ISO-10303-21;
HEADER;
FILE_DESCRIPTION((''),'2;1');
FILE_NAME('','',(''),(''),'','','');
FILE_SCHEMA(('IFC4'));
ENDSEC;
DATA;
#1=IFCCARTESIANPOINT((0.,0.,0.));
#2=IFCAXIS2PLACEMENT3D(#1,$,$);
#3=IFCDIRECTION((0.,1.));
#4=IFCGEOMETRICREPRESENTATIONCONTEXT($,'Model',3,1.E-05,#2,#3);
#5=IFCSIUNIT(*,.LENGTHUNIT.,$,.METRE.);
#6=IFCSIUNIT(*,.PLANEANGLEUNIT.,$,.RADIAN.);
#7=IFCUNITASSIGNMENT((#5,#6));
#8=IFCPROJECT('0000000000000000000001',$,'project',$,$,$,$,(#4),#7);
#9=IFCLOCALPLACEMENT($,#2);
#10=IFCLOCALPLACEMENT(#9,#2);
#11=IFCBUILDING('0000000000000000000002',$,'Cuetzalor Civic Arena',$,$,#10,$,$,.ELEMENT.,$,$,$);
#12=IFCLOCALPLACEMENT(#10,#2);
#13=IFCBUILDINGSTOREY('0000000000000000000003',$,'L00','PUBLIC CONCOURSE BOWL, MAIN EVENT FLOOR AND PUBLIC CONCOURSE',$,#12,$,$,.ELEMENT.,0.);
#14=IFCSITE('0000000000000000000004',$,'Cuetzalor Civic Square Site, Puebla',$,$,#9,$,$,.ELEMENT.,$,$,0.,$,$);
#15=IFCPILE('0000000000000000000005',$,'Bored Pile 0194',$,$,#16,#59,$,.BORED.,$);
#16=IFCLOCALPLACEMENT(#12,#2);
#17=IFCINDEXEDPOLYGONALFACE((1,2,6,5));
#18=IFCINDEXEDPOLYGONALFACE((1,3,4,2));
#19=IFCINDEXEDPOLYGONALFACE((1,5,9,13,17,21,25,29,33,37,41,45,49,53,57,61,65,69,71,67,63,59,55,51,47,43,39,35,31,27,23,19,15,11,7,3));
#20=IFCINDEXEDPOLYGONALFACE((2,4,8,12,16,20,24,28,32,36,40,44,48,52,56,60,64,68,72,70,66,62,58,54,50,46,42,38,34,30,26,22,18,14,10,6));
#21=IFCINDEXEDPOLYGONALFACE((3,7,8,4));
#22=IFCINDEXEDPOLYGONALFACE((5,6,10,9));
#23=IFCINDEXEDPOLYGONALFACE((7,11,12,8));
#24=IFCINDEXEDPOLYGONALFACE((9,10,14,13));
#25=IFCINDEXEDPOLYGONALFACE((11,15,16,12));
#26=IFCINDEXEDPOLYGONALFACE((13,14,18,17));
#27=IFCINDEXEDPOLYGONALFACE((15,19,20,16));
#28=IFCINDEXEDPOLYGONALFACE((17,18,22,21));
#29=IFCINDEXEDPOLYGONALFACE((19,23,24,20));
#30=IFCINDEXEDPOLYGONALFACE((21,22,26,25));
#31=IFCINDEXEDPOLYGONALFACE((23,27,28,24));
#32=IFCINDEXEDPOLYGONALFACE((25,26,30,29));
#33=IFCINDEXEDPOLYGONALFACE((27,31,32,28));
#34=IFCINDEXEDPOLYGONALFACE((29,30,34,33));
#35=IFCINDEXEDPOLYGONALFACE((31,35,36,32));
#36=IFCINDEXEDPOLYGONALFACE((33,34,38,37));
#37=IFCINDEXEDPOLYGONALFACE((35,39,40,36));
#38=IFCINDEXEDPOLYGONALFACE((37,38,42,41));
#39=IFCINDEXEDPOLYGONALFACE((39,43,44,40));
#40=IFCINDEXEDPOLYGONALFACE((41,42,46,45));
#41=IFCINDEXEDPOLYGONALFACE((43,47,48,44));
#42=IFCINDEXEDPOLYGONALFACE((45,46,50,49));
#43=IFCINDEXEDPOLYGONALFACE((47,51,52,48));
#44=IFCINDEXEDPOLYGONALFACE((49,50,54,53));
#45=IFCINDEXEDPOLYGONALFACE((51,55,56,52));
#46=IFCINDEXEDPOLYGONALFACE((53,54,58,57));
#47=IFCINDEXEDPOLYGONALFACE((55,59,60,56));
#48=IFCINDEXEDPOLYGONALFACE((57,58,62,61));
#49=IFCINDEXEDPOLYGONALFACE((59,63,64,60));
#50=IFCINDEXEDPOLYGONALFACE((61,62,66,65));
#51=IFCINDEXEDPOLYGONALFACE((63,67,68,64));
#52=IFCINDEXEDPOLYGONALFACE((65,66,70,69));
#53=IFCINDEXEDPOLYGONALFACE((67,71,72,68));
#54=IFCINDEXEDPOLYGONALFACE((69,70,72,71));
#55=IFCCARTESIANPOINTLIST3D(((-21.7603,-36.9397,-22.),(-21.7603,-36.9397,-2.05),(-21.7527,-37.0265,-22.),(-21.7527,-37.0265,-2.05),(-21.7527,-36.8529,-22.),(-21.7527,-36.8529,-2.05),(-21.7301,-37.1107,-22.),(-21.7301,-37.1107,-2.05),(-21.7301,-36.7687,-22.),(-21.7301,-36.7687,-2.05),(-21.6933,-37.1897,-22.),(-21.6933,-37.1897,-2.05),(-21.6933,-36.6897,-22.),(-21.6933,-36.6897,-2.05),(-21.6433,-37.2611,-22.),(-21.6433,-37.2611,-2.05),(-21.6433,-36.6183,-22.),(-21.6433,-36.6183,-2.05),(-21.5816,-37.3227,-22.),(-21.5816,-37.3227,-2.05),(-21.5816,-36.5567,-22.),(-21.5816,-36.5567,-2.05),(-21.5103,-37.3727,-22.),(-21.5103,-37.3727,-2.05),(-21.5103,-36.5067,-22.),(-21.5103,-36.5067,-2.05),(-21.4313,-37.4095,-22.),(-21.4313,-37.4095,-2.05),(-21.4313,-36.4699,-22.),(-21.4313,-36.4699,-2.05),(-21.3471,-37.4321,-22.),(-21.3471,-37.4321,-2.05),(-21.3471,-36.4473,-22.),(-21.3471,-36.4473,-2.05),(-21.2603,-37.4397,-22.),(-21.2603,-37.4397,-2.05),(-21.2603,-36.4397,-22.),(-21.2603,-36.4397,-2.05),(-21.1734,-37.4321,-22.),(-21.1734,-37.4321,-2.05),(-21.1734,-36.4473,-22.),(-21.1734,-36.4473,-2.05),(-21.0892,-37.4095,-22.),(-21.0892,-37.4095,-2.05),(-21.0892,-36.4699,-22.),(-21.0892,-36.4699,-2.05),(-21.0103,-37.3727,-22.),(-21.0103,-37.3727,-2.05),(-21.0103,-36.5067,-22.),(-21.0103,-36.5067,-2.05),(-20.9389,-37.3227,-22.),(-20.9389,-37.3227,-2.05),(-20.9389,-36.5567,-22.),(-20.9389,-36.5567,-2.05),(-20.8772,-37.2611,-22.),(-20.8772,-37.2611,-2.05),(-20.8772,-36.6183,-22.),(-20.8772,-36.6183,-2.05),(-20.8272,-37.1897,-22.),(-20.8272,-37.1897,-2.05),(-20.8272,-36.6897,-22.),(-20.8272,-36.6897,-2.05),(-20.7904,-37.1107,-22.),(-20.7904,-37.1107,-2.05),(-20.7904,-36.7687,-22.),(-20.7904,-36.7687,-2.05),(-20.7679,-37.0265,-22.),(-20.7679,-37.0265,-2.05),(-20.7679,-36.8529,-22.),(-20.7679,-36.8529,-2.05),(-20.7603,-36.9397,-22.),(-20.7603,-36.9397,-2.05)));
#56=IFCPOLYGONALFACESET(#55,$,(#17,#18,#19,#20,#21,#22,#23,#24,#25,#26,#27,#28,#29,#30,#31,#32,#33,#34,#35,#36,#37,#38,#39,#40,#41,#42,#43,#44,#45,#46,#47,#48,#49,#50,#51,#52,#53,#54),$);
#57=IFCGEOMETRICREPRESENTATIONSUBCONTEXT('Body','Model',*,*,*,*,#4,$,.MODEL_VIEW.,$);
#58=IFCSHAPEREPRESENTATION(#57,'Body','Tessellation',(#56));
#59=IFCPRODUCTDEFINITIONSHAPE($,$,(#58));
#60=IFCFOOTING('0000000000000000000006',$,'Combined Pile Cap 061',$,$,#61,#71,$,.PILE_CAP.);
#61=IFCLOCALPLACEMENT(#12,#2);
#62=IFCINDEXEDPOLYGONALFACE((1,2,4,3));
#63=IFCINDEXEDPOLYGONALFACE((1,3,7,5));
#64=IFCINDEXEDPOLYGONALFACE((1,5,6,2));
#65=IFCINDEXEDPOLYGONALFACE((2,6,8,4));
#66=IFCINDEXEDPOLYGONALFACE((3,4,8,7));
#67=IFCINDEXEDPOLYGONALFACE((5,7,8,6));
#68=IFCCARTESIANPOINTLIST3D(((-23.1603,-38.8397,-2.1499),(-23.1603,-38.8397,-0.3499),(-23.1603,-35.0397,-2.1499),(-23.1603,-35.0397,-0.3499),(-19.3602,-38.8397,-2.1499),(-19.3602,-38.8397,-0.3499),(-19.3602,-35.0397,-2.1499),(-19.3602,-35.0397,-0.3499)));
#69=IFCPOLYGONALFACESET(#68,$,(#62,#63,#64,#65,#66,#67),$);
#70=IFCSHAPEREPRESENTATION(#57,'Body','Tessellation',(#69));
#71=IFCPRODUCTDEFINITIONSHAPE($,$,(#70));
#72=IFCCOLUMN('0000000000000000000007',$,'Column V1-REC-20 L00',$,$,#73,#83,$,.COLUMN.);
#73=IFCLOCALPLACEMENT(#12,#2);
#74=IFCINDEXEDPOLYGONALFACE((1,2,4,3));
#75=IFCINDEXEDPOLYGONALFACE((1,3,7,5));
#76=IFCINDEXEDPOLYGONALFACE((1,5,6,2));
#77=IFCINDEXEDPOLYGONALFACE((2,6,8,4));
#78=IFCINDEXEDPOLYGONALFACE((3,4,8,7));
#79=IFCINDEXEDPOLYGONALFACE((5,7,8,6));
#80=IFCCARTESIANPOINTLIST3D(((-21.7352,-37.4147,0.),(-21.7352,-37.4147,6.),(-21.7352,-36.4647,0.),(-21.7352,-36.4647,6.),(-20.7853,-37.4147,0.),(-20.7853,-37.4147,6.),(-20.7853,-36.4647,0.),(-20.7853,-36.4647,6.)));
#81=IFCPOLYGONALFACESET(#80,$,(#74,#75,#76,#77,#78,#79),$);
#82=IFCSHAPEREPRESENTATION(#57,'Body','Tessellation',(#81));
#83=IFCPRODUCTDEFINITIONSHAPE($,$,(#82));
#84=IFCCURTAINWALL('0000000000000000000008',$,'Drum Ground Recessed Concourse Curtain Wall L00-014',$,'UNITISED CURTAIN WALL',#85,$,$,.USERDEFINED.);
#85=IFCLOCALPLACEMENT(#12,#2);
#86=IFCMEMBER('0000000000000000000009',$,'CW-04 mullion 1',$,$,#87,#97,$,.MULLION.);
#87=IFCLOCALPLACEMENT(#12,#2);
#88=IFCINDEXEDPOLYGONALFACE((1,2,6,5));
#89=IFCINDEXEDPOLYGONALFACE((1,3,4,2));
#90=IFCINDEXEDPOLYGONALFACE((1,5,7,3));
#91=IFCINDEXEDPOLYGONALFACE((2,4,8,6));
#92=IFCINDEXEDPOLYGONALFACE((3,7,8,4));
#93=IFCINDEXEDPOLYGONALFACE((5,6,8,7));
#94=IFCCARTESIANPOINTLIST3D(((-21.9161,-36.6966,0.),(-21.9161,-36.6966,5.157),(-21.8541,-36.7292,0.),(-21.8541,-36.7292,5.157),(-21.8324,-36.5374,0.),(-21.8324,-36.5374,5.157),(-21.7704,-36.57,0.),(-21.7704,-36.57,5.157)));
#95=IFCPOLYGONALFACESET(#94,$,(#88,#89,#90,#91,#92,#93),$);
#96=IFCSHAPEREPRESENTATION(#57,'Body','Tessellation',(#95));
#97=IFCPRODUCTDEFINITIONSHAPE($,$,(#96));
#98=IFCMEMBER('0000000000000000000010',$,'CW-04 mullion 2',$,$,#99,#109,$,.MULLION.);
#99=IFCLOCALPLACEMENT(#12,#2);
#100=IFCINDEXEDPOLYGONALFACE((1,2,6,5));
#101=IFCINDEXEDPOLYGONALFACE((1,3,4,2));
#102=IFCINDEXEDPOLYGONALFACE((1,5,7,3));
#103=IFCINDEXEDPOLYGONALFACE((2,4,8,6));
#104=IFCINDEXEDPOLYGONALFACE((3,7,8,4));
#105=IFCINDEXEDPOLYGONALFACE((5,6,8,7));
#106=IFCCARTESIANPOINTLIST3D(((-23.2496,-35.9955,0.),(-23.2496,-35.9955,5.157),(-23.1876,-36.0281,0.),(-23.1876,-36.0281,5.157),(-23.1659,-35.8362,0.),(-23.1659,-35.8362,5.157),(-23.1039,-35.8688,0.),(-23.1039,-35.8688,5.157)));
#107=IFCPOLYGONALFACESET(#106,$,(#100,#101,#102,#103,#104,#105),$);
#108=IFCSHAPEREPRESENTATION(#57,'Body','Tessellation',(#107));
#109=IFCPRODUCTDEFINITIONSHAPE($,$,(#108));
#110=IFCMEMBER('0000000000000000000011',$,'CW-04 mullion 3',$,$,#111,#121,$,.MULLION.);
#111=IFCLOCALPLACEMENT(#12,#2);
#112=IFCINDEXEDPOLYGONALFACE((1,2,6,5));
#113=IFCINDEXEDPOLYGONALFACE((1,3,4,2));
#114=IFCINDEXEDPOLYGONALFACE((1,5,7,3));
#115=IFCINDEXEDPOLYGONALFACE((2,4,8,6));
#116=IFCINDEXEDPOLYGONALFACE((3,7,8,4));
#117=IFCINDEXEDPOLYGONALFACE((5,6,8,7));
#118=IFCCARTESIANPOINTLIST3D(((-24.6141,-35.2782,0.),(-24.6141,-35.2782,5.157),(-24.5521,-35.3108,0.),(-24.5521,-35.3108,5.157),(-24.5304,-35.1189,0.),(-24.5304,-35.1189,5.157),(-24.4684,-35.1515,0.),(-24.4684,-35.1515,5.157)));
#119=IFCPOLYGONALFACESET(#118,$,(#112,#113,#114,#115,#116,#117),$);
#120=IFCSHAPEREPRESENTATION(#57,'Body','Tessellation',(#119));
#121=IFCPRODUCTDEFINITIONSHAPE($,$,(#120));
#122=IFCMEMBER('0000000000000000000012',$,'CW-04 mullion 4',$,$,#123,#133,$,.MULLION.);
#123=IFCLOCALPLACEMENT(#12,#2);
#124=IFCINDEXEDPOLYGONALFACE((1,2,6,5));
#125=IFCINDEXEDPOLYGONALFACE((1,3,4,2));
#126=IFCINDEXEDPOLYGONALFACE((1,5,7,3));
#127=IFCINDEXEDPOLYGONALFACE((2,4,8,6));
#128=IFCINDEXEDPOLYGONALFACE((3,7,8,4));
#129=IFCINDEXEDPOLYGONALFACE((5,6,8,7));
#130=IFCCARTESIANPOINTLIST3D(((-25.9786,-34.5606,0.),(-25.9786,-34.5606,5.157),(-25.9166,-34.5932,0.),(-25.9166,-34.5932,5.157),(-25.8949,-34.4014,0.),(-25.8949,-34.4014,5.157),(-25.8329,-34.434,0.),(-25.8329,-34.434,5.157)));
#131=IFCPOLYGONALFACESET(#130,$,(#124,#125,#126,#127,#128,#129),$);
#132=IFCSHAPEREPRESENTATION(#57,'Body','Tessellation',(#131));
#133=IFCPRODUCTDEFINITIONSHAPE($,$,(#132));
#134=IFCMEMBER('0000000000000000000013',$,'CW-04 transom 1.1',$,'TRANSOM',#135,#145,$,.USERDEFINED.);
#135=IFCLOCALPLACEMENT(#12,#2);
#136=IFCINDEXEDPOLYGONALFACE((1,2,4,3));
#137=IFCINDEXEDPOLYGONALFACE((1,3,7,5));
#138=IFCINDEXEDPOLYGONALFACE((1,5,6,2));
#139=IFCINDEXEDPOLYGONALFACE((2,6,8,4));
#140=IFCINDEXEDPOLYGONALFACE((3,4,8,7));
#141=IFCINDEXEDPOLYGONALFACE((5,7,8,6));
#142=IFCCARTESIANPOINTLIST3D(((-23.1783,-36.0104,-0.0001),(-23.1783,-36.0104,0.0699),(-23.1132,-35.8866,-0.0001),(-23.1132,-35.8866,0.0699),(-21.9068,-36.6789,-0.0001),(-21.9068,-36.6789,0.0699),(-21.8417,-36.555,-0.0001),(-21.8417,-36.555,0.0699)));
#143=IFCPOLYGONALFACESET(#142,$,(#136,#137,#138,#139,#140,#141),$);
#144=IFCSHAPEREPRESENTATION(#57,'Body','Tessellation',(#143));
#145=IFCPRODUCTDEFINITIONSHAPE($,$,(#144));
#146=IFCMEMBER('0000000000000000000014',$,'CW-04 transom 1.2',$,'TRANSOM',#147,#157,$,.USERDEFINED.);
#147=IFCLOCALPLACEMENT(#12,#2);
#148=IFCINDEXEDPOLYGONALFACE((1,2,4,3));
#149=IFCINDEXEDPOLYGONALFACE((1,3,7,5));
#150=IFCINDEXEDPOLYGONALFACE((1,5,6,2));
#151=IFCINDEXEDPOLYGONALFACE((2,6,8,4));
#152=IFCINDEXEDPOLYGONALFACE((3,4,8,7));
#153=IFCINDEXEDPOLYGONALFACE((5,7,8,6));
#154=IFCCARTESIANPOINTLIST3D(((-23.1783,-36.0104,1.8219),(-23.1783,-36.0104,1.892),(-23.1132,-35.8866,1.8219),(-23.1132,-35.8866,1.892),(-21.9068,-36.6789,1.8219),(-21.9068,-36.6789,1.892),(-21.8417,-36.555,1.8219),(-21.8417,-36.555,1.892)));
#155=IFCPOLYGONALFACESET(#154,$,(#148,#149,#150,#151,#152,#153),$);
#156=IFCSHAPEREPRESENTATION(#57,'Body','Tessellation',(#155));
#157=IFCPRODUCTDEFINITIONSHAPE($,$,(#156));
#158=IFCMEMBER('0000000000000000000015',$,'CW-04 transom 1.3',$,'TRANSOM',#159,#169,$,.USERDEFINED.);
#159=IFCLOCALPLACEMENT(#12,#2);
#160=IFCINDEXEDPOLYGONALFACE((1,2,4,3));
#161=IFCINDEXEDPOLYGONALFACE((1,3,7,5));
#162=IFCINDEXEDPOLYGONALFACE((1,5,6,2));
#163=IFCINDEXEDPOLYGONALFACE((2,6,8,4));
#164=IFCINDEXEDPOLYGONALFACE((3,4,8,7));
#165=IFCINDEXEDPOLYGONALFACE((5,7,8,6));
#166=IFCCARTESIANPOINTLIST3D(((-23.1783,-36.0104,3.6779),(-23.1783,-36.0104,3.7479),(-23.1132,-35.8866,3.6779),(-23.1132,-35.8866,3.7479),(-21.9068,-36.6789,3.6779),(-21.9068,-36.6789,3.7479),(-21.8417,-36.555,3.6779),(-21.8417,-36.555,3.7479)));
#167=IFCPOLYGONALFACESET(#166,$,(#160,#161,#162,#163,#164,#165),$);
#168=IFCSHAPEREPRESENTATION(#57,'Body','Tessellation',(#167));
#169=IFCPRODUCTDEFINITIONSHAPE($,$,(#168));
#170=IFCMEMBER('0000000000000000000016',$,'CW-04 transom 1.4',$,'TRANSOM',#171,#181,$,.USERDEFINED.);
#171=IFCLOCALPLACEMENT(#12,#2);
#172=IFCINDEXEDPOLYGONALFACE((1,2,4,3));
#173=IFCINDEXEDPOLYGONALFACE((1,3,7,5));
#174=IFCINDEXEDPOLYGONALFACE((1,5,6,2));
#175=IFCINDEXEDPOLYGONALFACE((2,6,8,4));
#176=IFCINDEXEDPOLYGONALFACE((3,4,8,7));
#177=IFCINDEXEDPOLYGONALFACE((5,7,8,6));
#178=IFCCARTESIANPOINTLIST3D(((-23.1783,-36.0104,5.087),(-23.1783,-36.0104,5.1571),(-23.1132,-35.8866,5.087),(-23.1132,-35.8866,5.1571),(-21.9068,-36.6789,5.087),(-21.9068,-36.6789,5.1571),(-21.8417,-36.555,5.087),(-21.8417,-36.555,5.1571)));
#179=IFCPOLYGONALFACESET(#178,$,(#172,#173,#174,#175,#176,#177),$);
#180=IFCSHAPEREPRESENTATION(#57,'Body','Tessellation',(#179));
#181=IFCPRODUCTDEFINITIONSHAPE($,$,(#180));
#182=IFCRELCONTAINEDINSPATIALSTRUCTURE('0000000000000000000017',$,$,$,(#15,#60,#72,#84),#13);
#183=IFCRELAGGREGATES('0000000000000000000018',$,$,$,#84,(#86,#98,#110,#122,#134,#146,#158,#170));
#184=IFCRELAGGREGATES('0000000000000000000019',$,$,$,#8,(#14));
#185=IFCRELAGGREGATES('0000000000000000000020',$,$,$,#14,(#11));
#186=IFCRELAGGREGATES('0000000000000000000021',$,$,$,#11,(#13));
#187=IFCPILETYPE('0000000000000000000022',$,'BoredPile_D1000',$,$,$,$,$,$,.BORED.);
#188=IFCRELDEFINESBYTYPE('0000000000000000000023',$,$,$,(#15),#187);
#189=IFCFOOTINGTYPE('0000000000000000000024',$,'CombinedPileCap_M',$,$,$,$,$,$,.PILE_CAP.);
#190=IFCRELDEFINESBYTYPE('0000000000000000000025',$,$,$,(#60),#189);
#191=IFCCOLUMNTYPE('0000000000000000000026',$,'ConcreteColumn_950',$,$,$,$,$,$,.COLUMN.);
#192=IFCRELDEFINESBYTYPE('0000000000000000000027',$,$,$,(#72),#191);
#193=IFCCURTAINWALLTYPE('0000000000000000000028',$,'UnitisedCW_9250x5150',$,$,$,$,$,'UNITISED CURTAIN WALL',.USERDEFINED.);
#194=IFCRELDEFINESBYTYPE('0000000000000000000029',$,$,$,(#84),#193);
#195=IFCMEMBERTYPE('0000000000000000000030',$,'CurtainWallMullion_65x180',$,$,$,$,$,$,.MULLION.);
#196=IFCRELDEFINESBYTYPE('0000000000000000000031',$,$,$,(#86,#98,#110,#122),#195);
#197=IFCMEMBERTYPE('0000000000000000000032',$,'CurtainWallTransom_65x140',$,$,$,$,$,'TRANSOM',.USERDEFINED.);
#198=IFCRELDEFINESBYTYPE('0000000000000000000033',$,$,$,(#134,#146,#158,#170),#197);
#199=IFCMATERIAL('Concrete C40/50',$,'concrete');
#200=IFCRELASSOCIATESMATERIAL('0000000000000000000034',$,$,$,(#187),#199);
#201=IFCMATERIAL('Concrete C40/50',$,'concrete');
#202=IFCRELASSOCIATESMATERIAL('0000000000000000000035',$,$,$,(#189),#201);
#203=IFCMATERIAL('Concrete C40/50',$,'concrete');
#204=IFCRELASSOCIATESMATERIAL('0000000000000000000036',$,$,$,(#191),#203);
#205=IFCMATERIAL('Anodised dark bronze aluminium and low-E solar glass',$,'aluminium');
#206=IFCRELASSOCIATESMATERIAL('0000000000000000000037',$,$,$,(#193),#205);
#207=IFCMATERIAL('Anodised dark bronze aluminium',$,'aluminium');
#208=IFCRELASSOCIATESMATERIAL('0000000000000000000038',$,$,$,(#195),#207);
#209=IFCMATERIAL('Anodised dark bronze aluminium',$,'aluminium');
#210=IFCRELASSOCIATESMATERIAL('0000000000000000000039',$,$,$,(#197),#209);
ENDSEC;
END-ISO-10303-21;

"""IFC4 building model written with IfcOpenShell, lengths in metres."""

from ifc_helpers import new_model, si_unit, direction, frame, origin, origin_2d, place, context, subcontext, project, spatial, rectangle, circle, extrude, material, material_profile, profile_set, type_object, element, aggregate, save


model = new_model("IFC4")

# Units and contexts
model_context = context("Model", 3, precision=1e-05, world=origin(), true_north=direction((0.0, 1.0)))
body_context = subcontext(model_context, "Body", "Model", "MODEL_VIEW")
ifc_project = project(units=[si_unit("LENGTHUNIT", "METRE"), si_unit("PLANEANGLEUNIT", "RADIAN")], contexts=[model_context])

# Site, building, storey
site_placement = place(None, origin())
site = spatial("IfcSite", under=ifc_project, at=site_placement, Name="Cuetzalor Civic Square Site, Puebla", CompositionType="ELEMENT", RefElevation=0.0)
building_placement = place(site_placement, origin())
building = spatial("IfcBuilding", under=site, at=building_placement, Name="Cuetzalor Civic Arena", CompositionType="ELEMENT")
storey_placement = place(building_placement, origin())
storey = spatial("IfcBuildingStorey", under=building, at=storey_placement, Name="L00", Description="PUBLIC CONCOURSE BOWL, MAIN EVENT FLOOR AND PUBLIC CONCOURSE", CompositionType="ELEMENT", Elevation=0.0)

# Pile
ifc_material_1 = material(Name="Concrete C40/50", Category="concrete")
ifc_material_profile_1 = material_profile(ifc_material_1, circle(Radius=0.5, at=origin_2d()), Name="BORED PILE D1000")
ifc_profile_set_1 = profile_set([ifc_material_profile_1], Name="Concrete C40/50")
pile_type = type_object("IfcPileType", Name="BoredPile_D1000", PredefinedType="BORED", material=ifc_profile_set_1)
pile_placement = place(storey_placement, frame((-21.2603, -36.9397, -2.05), z_axis=(0.0, 0.0, -1.0), x_axis=(1.0, 0.0, 0.0)))
element("IfcPile", 1, at=pile_placement, inside=storey, type_object=pile_type, Name="Bored Pile 0194", PredefinedType="BORED", context=body_context, shape_type="SweptSolid", body=[
    extrude(circle(Radius=0.5, at=origin_2d()), origin(), (0.0, 0.0, 1.0), 19.95),
])

# Footing
ifc_material_2 = material(Name="Concrete C40/50", Category="concrete")
footing_type = type_object("IfcFootingType", Name="CombinedPileCap_M", PredefinedType="PILE_CAP", material=ifc_material_2)
footing_placement = place(storey_placement, frame((-21.2603, -36.9397, -2.1499), z_axis=(0.0, 0.0, 1.0), x_axis=(1.0, 0.0, 0.0)))
element("IfcFooting", 2, at=footing_placement, inside=storey, type_object=footing_type, Name="Combined Pile Cap 061", PredefinedType="PILE_CAP", context=body_context, shape_type="SweptSolid", body=[
    extrude(rectangle(XDim=3.8, YDim=3.8, at=origin_2d()), origin(), (0.0, 0.0, 1.0), 1.8),
])

# Column
ifc_material_3 = material(Name="Concrete C40/50", Category="concrete")
ifc_material_profile_2 = material_profile(ifc_material_3, rectangle(XDim=0.95, YDim=0.95, at=origin_2d()), Name="RC 950x950")
ifc_profile_set_2 = profile_set([ifc_material_profile_2], Name="Concrete C40/50")
column_type = type_object("IfcColumnType", Name="ConcreteColumn_950", PredefinedType="COLUMN", material=ifc_profile_set_2)
column_placement = place(storey_placement, frame((-21.2603, -36.9397, 0.0), z_axis=(0.0, 0.0, 1.0), x_axis=(1.0, 0.0, 0.0)))
element("IfcColumn", 3, at=column_placement, inside=storey, type_object=column_type, Name="Column V1-REC-20 L00", PredefinedType="COLUMN", context=body_context, shape_type="SweptSolid", body=[
    extrude(rectangle(XDim=0.95, YDim=0.95, at=origin_2d()), origin(), (0.0, 0.0, 1.0), 6.0),
])

# Curtain wall, members
ifc_material_4 = material(Name="Anodised dark bronze aluminium and low-E solar glass", Category="aluminium")
curtain_wall_type = type_object("IfcCurtainWallType", Name="UnitisedCW_9250x5150", ElementType="UNITISED CURTAIN WALL", PredefinedType="USERDEFINED", material=ifc_material_4)
curtain_wall_placement = place(storey_placement, origin())
curtain_wall = element("IfcCurtainWall", 4, at=curtain_wall_placement, inside=storey, type_object=curtain_wall_type, Name="Drum Ground Recessed Concourse Curtain Wall L00-014", ObjectType="UNITISED CURTAIN WALL", PredefinedType="USERDEFINED")
ifc_material_5 = material(Name="Anodised dark bronze aluminium", Category="aluminium")
ifc_material_profile_3 = material_profile(ifc_material_5, rectangle(XDim=0.0701, YDim=0.1799, at=origin_2d()), Name="ALU MULLION 70x180")
ifc_profile_set_3 = profile_set([ifc_material_profile_3], Name="Anodised dark bronze aluminium")
member_type_1 = type_object("IfcMemberType", Name="CurtainWallMullion_65x180", PredefinedType="MULLION", material=ifc_profile_set_3)
member_1_placement = place(storey_placement, frame((-21.8433, -36.6333, 0.0), z_axis=(0.0, 0.0, 1.0), x_axis=(-0.885118, 0.465366, 0.0)))
member_1 = element("IfcMember", 5, at=member_1_placement, type_object=member_type_1, Name="CW-04 mullion 1", PredefinedType="MULLION", context=body_context, shape_type="SweptSolid", body=[
    extrude(rectangle(XDim=0.0701, YDim=0.1799, at=origin_2d()), origin(), (0.0, 0.0, 1.0), 5.157),
])
member_2_placement = place(storey_placement, frame((-23.1768, -35.9321, 0.0), z_axis=(0.0, 0.0, 1.0), x_axis=(-0.885118, 0.465366, 0.0)))
member_2 = element("IfcMember", 6, at=member_2_placement, type_object=member_type_1, Name="CW-04 mullion 2", PredefinedType="MULLION", context=body_context, shape_type="SweptSolid", body=[
    extrude(rectangle(XDim=0.0701, YDim=0.1799, at=origin_2d()), origin(), (0.0, 0.0, 1.0), 5.157),
])
member_3_placement = place(storey_placement, frame((-24.5413, -35.2148, 0.0), z_axis=(0.0, 0.0, 1.0), x_axis=(-0.885118, 0.465366, 0.0)))
member_3 = element("IfcMember", 7, at=member_3_placement, type_object=member_type_1, Name="CW-04 mullion 3", PredefinedType="MULLION", context=body_context, shape_type="SweptSolid", body=[
    extrude(rectangle(XDim=0.0701, YDim=0.1799, at=origin_2d()), origin(), (0.0, 0.0, 1.0), 5.157),
])
member_4_placement = place(storey_placement, frame((-25.9058, -34.4973, 0.0), z_axis=(0.0, 0.0, 1.0), x_axis=(-0.885118, 0.465366, 0.0)))
member_4 = element("IfcMember", 8, at=member_4_placement, type_object=member_type_1, Name="CW-04 mullion 4", PredefinedType="MULLION", context=body_context, shape_type="SweptSolid", body=[
    extrude(rectangle(XDim=0.0701, YDim=0.1799, at=origin_2d()), origin(), (0.0, 0.0, 1.0), 5.157),
])
ifc_material_6 = material(Name="Anodised dark bronze aluminium", Category="aluminium")
ifc_material_profile_4 = material_profile(ifc_material_6, rectangle(XDim=0.1399, YDim=0.0701, at=origin_2d()), Name="ALU TRANSOM 70x140")
ifc_profile_set_4 = profile_set([ifc_material_profile_4], Name="Anodised dark bronze aluminium")
member_type_2 = type_object("IfcMemberType", Name="CurtainWallTransom_65x140", ElementType="TRANSOM", PredefinedType="USERDEFINED", material=ifc_profile_set_4)
member_5_placement = place(storey_placement, frame((-21.8743, -36.6169, 0.0349), z_axis=(-0.885132, 0.46534, 0.0), x_axis=(-0.46534, -0.885132, 0.0)))
member_5 = element("IfcMember", 9, at=member_5_placement, type_object=member_type_2, Name="CW-04 transom 1.1", ObjectType="TRANSOM", PredefinedType="USERDEFINED", context=body_context, shape_type="SweptSolid", body=[
    extrude(rectangle(XDim=0.1399, YDim=0.0701, at=origin_2d()), origin(), (0.0, 0.0, 1.0), 1.4365),
])
member_6_placement = place(storey_placement, frame((-21.8743, -36.6169, 1.8569), z_axis=(-0.885132, 0.46534, 0.0), x_axis=(-0.46534, -0.885132, 0.0)))
member_6 = element("IfcMember", 10, at=member_6_placement, type_object=member_type_2, Name="CW-04 transom 1.2", ObjectType="TRANSOM", PredefinedType="USERDEFINED", context=body_context, shape_type="SweptSolid", body=[
    extrude(rectangle(XDim=0.1399, YDim=0.0701, at=origin_2d()), origin(), (0.0, 0.0, 1.0), 1.4365),
])
member_7_placement = place(storey_placement, frame((-21.8743, -36.6169, 3.7129), z_axis=(-0.885132, 0.46534, 0.0), x_axis=(-0.46534, -0.885132, 0.0)))
member_7 = element("IfcMember", 11, at=member_7_placement, type_object=member_type_2, Name="CW-04 transom 1.3", ObjectType="TRANSOM", PredefinedType="USERDEFINED", context=body_context, shape_type="SweptSolid", body=[
    extrude(rectangle(XDim=0.1399, YDim=0.0701, at=origin_2d()), origin(), (0.0, 0.0, 1.0), 1.4365),
])
member_8_placement = place(storey_placement, frame((-21.8743, -36.6169, 5.1221), z_axis=(-0.885132, 0.46534, 0.0), x_axis=(-0.46534, -0.885132, 0.0)))
member_8 = element("IfcMember", 12, at=member_8_placement, type_object=member_type_2, Name="CW-04 transom 1.4", ObjectType="TRANSOM", PredefinedType="USERDEFINED", context=body_context, shape_type="SweptSolid", body=[
    extrude(rectangle(XDim=0.1399, YDim=0.0701, at=origin_2d()), origin(), (0.0, 0.0, 1.0), 1.4365),
])

aggregate(curtain_wall, [member_1, member_2, member_3, member_4, member_5, member_6, member_7, member_8])

save(model, "model.ifc")
